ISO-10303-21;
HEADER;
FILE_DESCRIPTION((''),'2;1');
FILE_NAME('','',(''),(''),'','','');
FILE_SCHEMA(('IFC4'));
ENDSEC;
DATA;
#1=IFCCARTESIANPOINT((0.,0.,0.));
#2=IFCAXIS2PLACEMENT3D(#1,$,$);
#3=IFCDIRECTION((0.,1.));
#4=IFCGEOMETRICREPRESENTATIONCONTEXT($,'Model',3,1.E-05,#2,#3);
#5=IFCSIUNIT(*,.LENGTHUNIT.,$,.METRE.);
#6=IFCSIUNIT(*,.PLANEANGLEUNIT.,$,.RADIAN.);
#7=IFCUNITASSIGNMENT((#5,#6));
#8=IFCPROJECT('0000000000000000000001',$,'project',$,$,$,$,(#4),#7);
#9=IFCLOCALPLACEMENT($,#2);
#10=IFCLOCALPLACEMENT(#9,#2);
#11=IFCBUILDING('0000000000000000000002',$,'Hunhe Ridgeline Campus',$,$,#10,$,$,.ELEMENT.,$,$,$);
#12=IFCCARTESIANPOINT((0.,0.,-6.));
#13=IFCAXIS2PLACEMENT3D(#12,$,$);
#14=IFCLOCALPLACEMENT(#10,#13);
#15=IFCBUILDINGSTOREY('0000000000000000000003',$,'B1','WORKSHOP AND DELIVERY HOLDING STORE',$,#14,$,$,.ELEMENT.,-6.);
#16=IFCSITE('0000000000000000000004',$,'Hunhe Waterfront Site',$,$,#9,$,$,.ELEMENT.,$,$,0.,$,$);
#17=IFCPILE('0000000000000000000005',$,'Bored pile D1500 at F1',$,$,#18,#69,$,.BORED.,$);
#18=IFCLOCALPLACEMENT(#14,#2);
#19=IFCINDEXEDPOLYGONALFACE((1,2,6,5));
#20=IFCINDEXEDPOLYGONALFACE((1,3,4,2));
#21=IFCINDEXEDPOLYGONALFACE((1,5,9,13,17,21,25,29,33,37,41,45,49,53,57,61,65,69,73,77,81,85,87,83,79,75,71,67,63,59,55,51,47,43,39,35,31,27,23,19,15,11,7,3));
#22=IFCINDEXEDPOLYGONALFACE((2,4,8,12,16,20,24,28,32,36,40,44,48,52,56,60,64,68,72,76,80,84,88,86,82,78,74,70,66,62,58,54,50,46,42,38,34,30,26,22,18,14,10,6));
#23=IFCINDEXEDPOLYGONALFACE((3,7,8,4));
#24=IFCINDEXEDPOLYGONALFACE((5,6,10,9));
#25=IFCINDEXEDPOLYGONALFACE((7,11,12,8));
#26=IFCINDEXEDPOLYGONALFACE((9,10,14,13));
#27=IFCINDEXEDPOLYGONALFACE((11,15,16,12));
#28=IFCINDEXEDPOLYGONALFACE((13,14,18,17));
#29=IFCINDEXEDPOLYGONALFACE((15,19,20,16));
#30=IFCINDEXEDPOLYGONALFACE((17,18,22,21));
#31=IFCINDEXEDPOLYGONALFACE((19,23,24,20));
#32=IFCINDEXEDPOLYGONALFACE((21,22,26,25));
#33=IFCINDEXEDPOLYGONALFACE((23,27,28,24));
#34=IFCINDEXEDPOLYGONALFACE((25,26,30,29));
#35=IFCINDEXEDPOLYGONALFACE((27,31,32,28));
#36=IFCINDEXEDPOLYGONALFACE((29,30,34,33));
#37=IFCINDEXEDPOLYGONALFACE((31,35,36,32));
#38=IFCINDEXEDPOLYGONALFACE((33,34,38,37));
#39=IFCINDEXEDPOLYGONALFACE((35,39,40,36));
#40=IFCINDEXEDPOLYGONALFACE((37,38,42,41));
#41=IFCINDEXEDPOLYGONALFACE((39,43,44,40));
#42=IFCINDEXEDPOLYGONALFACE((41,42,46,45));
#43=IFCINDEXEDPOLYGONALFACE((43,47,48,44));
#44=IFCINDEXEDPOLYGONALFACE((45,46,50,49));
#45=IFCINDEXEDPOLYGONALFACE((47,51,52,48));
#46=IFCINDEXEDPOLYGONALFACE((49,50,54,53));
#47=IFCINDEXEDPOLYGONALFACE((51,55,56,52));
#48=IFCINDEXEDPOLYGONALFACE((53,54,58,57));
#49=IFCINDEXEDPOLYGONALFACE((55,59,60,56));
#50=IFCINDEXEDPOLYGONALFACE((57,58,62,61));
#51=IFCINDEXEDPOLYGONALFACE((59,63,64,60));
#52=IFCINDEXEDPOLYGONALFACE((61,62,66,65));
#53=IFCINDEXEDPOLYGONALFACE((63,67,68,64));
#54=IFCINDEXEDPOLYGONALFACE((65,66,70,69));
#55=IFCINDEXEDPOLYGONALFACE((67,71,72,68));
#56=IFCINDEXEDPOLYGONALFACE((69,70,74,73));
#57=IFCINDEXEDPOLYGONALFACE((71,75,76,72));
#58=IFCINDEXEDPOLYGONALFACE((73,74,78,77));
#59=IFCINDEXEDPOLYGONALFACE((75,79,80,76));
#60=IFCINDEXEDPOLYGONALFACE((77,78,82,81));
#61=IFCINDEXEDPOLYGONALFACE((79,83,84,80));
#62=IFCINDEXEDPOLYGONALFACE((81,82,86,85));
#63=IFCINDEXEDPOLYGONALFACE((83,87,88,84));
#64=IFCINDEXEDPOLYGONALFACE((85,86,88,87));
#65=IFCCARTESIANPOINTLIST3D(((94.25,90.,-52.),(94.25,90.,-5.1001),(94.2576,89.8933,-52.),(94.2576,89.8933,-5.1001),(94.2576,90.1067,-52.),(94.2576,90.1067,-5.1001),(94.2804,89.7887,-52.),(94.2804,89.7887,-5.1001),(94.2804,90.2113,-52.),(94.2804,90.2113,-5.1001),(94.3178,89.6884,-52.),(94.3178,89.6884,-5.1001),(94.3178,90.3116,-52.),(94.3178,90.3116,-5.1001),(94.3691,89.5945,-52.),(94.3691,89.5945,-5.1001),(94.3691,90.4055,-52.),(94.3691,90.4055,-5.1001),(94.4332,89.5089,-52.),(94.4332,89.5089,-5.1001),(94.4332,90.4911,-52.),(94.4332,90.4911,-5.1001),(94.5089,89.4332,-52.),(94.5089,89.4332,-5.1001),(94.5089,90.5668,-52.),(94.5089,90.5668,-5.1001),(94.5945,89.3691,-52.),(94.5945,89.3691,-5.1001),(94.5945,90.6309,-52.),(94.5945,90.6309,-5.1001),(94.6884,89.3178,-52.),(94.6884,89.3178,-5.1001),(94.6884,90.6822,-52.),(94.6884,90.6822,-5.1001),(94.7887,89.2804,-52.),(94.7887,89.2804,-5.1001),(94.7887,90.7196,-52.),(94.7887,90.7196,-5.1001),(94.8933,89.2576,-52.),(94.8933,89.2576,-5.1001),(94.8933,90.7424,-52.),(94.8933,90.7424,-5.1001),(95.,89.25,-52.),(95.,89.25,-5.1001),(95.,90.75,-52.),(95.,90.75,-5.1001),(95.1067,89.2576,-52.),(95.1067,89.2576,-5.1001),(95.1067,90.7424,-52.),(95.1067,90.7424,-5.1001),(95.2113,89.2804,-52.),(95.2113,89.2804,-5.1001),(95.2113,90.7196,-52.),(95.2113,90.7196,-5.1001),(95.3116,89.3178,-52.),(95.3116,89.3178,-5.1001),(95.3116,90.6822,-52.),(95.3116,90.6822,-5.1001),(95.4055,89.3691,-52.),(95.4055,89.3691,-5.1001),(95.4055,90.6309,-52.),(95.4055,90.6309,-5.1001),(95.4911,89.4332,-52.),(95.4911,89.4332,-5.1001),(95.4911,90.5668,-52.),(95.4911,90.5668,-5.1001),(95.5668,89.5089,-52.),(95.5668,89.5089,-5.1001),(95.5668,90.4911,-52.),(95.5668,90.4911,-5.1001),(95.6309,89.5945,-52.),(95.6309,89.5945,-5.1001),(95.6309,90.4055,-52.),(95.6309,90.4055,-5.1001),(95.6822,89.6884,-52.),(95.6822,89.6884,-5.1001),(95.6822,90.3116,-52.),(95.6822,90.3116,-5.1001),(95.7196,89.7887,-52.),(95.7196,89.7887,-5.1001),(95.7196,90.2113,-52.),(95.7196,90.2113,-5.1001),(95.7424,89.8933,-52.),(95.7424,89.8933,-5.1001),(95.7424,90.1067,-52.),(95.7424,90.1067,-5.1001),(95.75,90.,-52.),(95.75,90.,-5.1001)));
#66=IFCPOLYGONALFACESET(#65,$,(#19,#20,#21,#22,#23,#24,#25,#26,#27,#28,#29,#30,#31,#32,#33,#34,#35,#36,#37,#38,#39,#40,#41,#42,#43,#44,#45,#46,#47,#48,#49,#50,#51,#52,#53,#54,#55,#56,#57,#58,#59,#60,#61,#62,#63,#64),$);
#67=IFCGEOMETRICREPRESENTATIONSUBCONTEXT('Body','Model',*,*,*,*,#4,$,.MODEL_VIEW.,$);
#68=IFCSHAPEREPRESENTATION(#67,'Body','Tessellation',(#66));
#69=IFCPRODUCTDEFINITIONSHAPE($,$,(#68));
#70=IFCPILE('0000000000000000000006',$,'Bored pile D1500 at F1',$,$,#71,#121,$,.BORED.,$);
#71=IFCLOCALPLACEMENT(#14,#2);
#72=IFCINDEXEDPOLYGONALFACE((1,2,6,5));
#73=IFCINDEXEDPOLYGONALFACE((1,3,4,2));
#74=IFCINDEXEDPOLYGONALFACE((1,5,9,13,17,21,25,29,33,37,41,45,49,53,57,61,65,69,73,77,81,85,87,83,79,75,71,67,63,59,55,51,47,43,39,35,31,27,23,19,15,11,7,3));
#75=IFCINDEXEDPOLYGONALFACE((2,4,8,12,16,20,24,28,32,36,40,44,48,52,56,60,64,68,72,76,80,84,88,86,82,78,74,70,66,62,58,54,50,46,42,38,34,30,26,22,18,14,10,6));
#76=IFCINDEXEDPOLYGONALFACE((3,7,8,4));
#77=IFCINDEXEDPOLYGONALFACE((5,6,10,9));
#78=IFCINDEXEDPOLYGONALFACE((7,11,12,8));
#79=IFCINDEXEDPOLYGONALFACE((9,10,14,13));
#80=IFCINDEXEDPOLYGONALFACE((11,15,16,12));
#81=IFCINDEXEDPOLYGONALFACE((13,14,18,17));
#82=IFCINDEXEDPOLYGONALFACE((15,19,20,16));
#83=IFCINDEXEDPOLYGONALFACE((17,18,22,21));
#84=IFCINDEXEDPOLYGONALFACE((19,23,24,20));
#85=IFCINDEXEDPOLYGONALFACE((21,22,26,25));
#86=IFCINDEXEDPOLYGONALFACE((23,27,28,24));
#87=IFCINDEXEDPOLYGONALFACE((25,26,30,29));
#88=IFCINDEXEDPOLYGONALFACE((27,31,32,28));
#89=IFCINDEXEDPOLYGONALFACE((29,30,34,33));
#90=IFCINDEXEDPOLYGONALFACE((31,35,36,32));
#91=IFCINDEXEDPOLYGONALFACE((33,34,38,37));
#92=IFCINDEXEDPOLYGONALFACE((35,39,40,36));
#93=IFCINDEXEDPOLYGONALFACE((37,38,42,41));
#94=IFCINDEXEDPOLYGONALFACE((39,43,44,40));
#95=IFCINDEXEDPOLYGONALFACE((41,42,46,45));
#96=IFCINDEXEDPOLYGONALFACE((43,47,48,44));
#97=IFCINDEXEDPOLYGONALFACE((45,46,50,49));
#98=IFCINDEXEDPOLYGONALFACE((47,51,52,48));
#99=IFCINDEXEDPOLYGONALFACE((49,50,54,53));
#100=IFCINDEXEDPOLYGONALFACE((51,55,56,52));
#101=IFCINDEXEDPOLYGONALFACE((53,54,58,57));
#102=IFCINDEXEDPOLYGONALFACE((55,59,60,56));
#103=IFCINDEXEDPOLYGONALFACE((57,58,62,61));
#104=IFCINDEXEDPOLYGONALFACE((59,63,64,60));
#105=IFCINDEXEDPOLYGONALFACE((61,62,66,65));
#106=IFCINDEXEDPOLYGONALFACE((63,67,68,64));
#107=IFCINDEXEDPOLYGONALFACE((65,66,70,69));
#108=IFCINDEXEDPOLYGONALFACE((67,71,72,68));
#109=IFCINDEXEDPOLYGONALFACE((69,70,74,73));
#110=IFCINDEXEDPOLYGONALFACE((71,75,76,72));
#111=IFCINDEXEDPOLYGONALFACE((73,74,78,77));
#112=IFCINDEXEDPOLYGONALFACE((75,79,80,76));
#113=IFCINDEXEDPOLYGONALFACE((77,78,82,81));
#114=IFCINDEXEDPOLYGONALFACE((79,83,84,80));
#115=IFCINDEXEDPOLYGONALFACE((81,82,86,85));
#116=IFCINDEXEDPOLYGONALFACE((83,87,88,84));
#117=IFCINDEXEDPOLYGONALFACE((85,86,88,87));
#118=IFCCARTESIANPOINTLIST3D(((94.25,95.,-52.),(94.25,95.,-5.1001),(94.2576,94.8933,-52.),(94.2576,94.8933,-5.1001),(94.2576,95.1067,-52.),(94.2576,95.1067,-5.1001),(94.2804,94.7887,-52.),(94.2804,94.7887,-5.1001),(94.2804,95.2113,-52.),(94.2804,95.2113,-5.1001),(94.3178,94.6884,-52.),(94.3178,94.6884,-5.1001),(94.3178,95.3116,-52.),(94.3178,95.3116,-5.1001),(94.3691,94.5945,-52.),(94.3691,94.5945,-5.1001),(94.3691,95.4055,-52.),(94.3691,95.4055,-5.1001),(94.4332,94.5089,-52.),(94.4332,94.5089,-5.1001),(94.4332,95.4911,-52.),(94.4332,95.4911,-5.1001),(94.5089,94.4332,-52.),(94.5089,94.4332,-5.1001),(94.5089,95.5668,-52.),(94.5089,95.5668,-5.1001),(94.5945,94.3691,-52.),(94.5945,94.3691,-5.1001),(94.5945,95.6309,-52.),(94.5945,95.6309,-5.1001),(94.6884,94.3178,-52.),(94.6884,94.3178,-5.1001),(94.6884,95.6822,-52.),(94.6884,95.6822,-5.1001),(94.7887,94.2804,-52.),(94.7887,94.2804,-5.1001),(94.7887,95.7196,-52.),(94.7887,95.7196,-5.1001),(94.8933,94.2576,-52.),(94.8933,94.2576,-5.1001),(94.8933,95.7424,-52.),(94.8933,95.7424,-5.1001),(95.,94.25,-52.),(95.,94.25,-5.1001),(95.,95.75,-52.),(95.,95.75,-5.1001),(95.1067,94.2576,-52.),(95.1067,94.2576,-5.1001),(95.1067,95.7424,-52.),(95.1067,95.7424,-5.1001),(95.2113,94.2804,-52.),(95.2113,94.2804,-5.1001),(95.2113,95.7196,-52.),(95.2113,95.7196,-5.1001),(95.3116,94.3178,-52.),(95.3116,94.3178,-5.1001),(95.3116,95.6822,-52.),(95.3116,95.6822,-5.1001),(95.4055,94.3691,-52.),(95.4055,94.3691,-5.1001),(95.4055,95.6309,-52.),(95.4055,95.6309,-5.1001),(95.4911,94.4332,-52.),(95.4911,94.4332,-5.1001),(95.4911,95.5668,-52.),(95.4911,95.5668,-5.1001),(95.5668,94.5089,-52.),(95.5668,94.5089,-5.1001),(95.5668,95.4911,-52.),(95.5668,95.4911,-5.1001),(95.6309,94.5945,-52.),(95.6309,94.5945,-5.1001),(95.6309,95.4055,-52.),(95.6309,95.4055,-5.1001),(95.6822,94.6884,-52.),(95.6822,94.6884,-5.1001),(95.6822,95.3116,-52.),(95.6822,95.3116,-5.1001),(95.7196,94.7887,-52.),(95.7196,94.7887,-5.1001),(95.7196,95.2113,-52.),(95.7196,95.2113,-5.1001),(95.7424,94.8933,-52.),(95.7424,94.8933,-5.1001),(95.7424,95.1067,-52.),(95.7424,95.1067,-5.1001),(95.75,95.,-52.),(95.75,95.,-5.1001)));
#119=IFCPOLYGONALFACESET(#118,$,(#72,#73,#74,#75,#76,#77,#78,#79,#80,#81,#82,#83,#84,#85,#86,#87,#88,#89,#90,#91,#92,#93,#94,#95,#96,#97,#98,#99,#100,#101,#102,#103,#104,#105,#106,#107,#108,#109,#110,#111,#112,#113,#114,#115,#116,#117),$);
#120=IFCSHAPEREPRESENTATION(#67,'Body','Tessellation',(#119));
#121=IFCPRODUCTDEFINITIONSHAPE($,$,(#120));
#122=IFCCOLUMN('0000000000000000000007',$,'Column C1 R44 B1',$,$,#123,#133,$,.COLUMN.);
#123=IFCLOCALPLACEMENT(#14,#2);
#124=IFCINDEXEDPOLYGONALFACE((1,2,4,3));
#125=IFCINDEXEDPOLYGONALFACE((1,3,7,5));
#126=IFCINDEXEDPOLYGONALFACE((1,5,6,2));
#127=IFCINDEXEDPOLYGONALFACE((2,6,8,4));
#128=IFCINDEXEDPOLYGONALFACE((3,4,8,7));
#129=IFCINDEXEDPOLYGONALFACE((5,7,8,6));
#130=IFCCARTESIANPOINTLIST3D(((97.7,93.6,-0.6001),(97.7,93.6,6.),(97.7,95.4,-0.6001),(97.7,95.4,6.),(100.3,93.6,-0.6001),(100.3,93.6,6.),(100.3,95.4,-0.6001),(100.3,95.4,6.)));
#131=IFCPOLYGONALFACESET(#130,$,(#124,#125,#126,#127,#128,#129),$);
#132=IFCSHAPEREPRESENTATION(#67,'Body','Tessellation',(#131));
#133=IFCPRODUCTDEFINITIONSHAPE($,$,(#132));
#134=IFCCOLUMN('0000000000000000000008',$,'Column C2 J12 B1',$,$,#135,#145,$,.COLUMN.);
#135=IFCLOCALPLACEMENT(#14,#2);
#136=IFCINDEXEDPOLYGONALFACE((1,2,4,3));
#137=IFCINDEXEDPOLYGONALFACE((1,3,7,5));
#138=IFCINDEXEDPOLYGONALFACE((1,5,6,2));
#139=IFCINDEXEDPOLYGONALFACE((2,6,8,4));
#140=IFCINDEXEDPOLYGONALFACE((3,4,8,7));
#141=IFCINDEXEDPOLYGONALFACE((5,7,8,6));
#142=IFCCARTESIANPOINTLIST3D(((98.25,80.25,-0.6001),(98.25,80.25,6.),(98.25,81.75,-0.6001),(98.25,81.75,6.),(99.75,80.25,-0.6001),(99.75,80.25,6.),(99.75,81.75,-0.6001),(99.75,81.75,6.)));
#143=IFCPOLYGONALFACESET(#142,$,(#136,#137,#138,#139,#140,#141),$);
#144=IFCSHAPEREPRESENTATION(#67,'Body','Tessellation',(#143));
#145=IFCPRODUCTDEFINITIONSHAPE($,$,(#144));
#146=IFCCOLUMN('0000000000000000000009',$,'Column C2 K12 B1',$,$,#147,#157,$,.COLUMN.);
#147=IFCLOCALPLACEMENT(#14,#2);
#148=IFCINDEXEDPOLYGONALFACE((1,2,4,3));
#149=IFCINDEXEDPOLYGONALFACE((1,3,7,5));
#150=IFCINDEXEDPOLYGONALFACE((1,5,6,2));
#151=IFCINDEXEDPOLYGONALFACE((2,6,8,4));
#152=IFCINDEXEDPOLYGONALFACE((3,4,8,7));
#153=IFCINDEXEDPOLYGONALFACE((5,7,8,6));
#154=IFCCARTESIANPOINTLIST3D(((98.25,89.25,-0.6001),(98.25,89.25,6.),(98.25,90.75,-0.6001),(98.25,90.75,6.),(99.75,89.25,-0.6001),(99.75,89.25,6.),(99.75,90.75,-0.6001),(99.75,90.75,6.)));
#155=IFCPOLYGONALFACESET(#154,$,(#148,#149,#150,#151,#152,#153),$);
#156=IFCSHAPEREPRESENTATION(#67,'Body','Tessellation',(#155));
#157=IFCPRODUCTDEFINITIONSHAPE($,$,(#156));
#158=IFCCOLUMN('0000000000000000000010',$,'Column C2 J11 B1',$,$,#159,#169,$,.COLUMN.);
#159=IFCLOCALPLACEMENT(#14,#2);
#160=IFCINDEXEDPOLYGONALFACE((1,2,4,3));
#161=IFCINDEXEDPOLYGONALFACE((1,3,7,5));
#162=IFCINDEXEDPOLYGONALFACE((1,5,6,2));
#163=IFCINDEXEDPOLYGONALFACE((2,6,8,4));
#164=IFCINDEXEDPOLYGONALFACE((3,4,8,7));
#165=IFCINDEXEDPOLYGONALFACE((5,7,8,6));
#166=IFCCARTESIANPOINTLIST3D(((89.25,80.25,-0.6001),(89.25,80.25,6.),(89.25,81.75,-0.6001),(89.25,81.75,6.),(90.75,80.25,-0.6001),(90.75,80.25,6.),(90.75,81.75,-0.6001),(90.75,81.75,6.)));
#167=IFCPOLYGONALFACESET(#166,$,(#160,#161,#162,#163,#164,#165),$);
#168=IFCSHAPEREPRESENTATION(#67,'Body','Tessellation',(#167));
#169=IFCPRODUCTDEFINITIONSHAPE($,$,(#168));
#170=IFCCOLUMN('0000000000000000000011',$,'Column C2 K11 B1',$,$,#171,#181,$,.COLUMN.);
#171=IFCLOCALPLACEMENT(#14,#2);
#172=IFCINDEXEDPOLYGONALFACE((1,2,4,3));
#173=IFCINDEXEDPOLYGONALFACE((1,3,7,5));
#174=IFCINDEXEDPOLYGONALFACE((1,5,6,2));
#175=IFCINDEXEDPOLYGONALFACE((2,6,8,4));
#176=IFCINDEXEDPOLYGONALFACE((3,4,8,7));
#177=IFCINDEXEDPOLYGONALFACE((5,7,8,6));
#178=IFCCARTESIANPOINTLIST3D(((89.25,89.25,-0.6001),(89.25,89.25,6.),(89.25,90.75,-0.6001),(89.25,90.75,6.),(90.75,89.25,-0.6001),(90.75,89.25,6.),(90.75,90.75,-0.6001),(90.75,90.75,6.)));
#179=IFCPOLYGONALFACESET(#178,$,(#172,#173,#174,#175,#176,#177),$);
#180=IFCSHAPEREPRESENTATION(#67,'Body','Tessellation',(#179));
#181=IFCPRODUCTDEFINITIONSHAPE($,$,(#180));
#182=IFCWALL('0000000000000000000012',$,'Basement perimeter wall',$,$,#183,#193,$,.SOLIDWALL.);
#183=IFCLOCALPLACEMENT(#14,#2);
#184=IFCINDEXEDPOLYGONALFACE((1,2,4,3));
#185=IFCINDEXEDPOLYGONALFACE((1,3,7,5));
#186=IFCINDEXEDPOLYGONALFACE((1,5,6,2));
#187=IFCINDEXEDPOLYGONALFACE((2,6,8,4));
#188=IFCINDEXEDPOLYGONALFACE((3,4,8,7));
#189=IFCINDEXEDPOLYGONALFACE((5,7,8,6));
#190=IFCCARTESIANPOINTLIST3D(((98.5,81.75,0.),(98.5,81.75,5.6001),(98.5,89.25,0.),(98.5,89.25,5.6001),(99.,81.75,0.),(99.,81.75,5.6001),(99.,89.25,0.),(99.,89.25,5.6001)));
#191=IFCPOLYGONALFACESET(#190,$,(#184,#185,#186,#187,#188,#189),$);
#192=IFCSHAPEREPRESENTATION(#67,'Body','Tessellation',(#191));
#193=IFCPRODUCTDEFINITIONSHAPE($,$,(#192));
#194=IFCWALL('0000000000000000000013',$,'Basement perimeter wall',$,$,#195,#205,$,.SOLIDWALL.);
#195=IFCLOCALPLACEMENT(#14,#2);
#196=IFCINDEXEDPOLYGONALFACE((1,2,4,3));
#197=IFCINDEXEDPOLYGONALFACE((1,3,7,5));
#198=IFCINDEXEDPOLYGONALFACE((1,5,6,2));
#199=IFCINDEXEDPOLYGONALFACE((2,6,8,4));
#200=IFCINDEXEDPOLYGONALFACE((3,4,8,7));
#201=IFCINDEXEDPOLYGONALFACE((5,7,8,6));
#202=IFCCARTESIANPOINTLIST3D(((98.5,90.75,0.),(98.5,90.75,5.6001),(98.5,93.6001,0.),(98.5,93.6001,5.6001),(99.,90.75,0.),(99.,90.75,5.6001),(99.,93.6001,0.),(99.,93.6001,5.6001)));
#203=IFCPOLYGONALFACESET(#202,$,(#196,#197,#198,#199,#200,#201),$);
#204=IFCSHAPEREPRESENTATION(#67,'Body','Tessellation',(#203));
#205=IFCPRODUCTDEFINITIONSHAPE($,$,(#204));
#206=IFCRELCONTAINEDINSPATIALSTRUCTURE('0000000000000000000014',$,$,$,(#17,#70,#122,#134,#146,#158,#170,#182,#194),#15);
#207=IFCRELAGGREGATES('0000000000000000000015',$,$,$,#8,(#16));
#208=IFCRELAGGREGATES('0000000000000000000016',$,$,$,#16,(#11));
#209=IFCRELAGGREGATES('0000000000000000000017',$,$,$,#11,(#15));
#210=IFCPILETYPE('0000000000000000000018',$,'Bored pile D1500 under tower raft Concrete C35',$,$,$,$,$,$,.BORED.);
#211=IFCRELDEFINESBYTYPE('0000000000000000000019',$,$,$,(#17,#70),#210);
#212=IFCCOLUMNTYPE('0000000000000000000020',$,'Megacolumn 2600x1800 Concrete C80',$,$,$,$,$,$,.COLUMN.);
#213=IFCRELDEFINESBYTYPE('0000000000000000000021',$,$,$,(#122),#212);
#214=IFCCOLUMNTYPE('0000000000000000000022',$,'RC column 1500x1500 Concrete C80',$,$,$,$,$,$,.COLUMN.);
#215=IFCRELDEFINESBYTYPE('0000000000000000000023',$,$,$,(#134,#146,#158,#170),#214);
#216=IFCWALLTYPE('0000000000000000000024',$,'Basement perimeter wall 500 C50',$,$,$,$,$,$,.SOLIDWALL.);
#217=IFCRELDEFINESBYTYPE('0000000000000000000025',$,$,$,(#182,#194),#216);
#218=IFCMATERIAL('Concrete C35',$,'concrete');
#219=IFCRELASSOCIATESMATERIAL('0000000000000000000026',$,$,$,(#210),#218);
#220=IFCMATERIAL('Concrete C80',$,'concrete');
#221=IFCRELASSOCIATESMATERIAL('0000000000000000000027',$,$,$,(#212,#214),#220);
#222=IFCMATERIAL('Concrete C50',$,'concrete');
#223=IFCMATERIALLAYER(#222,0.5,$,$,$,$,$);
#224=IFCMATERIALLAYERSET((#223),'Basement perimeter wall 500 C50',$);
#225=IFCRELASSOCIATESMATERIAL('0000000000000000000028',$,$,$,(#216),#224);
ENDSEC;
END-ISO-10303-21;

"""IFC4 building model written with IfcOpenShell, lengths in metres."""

from ifc_helpers import new_model, si_unit, direction, frame, frame_2d, origin, origin_2d, place, context, subcontext, project, spatial, rectangle, circle, extrude, material, layer, layer_set, material_profile, profile_set, type_object, element, save


model = new_model("IFC4")

# Units and contexts
model_context = context("Model", 3, precision=1e-05, world=origin(), true_north=direction((0.0, 1.0)))
body_context = subcontext(model_context, "Body", "Model", "MODEL_VIEW")
ifc_project = project(units=[si_unit("LENGTHUNIT", "METRE"), si_unit("PLANEANGLEUNIT", "RADIAN")], contexts=[model_context])

# Site, building, storey
site_placement = place(None, origin())
site = spatial("IfcSite", under=ifc_project, at=site_placement, Name="Hunhe Waterfront Site", CompositionType="ELEMENT", RefElevation=0.0)
building_placement = place(site_placement, origin())
building = spatial("IfcBuilding", under=site, at=building_placement, Name="Hunhe Ridgeline Campus", CompositionType="ELEMENT")
storey_placement = place(building_placement, frame((0.0, 0.0, -6.0)))
storey = spatial("IfcBuildingStorey", under=building, at=storey_placement, Name="B1", Description="WORKSHOP AND DELIVERY HOLDING STORE", CompositionType="ELEMENT", Elevation=-6.0)

# Piles
ifc_material_1 = material(Name="Concrete C35", Category="concrete")
ifc_material_profile_1 = material_profile(ifc_material_1, circle(Radius=0.75, at=origin_2d()))
ifc_profile_set_1 = profile_set([ifc_material_profile_1], Name="Concrete C35")
pile_type = type_object("IfcPileType", Name="Bored pile D1500 under tower raft Concrete C35", PredefinedType="BORED", material=ifc_profile_set_1)
for number, where, z_axis, x_axis, name in (
    (1, (95.0, 90.0, -5.1001), (0.0, 0.0, -1.0), (1.0, 0.0, 0.0), "Bored pile D1500 at F1"),
    (2, (95.0, 95.0, -5.1001), (0.0, 0.0, -1.0), (1.0, 0.0, 0.0), "Bored pile D1500 at F1"),
):
    element("IfcPile", number, at=place(storey_placement, frame(where, z_axis=z_axis, x_axis=x_axis)), inside=storey, type_object=pile_type, Name=name, PredefinedType="BORED", context=body_context, shape_type="SweptSolid", body=[
        extrude(circle(Radius=0.75, at=origin_2d()), origin(), (0.0, 0.0, 1.0), 46.8999),
    ])

# Columns
ifc_material_2 = material(Name="Concrete C80", Category="concrete")
ifc_material_profile_2 = material_profile(ifc_material_2, rectangle(XDim=2.6001, YDim=1.8, at=origin_2d()))
ifc_profile_set_2 = profile_set([ifc_material_profile_2], Name="Concrete C80")
column_type_1 = type_object("IfcColumnType", Name="Megacolumn 2600x1800 Concrete C80", PredefinedType="COLUMN", material=ifc_profile_set_2)
column_placement = place(storey_placement, frame((99.0, 94.5, -0.6001), z_axis=(0.0, 0.0, 1.0), x_axis=(1.0, 0.0, 0.0)))
element("IfcColumn", 3, at=column_placement, inside=storey, type_object=column_type_1, Name="Column C1 R44 B1", PredefinedType="COLUMN", context=body_context, shape_type="SweptSolid", body=[
    extrude(rectangle(XDim=2.6001, YDim=1.8, at=origin_2d()), origin(), (0.0, 0.0, 1.0), 6.6001),
])
ifc_material_profile_3 = material_profile(ifc_material_2, rectangle(XDim=1.5, YDim=1.5, at=origin_2d()))
ifc_profile_set_3 = profile_set([ifc_material_profile_3], Name="Concrete C80")
column_type_2 = type_object("IfcColumnType", Name="RC column 1500x1500 Concrete C80", PredefinedType="COLUMN", material=ifc_profile_set_3)
for number, where, z_axis, x_axis, name in (
    (4, (99.0, 81.0, -0.6001), (0.0, 0.0, 1.0), (1.0, 0.0, 0.0), "Column C2 J12 B1"),
    (5, (99.0, 90.0, -0.6001), (0.0, 0.0, 1.0), (1.0, 0.0, 0.0), "Column C2 K12 B1"),
    (6, (90.0, 81.0, -0.6001), (0.0, 0.0, 1.0), (1.0, 0.0, 0.0), "Column C2 J11 B1"),
    (7, (90.0, 90.0, -0.6001), (0.0, 0.0, 1.0), (1.0, 0.0, 0.0), "Column C2 K11 B1"),
):
    element("IfcColumn", number, at=place(storey_placement, frame(where, z_axis=z_axis, x_axis=x_axis)), inside=storey, type_object=column_type_2, Name=name, PredefinedType="COLUMN", context=body_context, shape_type="SweptSolid", body=[
        extrude(rectangle(XDim=1.5, YDim=1.5, at=origin_2d()), origin(), (0.0, 0.0, 1.0), 6.6001),
    ])

# Walls
ifc_material_3 = material(Name="Concrete C50", Category="concrete")
ifc_layer_1 = layer(ifc_material_3, 0.5)
ifc_layer_set_1 = layer_set([ifc_layer_1], Name="Basement perimeter wall 500 C50")
wall_type_1 = type_object("IfcWallType", Name="Basement perimeter wall 500 C50", PredefinedType="SOLIDWALL", material=ifc_layer_set_1)
wall_1_placement = place(storey_placement, frame((98.75, 81.75, 0.0), z_axis=(0.0, 0.0, 1.0), x_axis=(0.0, 1.0, 0.0)))
element("IfcWall", 8, at=wall_1_placement, inside=storey, type_object=wall_type_1, Name="Basement perimeter wall", PredefinedType="SOLIDWALL", context=body_context, shape_type="SweptSolid", body=[
    extrude(rectangle(XDim=7.5, YDim=0.5, at=frame_2d((3.75, 0.0))), origin(), (0.0, 0.0, 1.0), 5.6001),
])
wall_2_placement = place(storey_placement, frame((98.75, 90.75, 0.0), z_axis=(0.0, 0.0, 1.0), x_axis=(0.0, 1.0, 0.0)))
element("IfcWall", 9, at=wall_2_placement, inside=storey, type_object=wall_type_1, Name="Basement perimeter wall", PredefinedType="SOLIDWALL", context=body_context, shape_type="SweptSolid", body=[
    extrude(rectangle(XDim=2.8501, YDim=0.5, at=frame_2d((1.425, 0.0))), origin(), (0.0, 0.0, 1.0), 5.6001),
])

save(model, "model.ifc")
